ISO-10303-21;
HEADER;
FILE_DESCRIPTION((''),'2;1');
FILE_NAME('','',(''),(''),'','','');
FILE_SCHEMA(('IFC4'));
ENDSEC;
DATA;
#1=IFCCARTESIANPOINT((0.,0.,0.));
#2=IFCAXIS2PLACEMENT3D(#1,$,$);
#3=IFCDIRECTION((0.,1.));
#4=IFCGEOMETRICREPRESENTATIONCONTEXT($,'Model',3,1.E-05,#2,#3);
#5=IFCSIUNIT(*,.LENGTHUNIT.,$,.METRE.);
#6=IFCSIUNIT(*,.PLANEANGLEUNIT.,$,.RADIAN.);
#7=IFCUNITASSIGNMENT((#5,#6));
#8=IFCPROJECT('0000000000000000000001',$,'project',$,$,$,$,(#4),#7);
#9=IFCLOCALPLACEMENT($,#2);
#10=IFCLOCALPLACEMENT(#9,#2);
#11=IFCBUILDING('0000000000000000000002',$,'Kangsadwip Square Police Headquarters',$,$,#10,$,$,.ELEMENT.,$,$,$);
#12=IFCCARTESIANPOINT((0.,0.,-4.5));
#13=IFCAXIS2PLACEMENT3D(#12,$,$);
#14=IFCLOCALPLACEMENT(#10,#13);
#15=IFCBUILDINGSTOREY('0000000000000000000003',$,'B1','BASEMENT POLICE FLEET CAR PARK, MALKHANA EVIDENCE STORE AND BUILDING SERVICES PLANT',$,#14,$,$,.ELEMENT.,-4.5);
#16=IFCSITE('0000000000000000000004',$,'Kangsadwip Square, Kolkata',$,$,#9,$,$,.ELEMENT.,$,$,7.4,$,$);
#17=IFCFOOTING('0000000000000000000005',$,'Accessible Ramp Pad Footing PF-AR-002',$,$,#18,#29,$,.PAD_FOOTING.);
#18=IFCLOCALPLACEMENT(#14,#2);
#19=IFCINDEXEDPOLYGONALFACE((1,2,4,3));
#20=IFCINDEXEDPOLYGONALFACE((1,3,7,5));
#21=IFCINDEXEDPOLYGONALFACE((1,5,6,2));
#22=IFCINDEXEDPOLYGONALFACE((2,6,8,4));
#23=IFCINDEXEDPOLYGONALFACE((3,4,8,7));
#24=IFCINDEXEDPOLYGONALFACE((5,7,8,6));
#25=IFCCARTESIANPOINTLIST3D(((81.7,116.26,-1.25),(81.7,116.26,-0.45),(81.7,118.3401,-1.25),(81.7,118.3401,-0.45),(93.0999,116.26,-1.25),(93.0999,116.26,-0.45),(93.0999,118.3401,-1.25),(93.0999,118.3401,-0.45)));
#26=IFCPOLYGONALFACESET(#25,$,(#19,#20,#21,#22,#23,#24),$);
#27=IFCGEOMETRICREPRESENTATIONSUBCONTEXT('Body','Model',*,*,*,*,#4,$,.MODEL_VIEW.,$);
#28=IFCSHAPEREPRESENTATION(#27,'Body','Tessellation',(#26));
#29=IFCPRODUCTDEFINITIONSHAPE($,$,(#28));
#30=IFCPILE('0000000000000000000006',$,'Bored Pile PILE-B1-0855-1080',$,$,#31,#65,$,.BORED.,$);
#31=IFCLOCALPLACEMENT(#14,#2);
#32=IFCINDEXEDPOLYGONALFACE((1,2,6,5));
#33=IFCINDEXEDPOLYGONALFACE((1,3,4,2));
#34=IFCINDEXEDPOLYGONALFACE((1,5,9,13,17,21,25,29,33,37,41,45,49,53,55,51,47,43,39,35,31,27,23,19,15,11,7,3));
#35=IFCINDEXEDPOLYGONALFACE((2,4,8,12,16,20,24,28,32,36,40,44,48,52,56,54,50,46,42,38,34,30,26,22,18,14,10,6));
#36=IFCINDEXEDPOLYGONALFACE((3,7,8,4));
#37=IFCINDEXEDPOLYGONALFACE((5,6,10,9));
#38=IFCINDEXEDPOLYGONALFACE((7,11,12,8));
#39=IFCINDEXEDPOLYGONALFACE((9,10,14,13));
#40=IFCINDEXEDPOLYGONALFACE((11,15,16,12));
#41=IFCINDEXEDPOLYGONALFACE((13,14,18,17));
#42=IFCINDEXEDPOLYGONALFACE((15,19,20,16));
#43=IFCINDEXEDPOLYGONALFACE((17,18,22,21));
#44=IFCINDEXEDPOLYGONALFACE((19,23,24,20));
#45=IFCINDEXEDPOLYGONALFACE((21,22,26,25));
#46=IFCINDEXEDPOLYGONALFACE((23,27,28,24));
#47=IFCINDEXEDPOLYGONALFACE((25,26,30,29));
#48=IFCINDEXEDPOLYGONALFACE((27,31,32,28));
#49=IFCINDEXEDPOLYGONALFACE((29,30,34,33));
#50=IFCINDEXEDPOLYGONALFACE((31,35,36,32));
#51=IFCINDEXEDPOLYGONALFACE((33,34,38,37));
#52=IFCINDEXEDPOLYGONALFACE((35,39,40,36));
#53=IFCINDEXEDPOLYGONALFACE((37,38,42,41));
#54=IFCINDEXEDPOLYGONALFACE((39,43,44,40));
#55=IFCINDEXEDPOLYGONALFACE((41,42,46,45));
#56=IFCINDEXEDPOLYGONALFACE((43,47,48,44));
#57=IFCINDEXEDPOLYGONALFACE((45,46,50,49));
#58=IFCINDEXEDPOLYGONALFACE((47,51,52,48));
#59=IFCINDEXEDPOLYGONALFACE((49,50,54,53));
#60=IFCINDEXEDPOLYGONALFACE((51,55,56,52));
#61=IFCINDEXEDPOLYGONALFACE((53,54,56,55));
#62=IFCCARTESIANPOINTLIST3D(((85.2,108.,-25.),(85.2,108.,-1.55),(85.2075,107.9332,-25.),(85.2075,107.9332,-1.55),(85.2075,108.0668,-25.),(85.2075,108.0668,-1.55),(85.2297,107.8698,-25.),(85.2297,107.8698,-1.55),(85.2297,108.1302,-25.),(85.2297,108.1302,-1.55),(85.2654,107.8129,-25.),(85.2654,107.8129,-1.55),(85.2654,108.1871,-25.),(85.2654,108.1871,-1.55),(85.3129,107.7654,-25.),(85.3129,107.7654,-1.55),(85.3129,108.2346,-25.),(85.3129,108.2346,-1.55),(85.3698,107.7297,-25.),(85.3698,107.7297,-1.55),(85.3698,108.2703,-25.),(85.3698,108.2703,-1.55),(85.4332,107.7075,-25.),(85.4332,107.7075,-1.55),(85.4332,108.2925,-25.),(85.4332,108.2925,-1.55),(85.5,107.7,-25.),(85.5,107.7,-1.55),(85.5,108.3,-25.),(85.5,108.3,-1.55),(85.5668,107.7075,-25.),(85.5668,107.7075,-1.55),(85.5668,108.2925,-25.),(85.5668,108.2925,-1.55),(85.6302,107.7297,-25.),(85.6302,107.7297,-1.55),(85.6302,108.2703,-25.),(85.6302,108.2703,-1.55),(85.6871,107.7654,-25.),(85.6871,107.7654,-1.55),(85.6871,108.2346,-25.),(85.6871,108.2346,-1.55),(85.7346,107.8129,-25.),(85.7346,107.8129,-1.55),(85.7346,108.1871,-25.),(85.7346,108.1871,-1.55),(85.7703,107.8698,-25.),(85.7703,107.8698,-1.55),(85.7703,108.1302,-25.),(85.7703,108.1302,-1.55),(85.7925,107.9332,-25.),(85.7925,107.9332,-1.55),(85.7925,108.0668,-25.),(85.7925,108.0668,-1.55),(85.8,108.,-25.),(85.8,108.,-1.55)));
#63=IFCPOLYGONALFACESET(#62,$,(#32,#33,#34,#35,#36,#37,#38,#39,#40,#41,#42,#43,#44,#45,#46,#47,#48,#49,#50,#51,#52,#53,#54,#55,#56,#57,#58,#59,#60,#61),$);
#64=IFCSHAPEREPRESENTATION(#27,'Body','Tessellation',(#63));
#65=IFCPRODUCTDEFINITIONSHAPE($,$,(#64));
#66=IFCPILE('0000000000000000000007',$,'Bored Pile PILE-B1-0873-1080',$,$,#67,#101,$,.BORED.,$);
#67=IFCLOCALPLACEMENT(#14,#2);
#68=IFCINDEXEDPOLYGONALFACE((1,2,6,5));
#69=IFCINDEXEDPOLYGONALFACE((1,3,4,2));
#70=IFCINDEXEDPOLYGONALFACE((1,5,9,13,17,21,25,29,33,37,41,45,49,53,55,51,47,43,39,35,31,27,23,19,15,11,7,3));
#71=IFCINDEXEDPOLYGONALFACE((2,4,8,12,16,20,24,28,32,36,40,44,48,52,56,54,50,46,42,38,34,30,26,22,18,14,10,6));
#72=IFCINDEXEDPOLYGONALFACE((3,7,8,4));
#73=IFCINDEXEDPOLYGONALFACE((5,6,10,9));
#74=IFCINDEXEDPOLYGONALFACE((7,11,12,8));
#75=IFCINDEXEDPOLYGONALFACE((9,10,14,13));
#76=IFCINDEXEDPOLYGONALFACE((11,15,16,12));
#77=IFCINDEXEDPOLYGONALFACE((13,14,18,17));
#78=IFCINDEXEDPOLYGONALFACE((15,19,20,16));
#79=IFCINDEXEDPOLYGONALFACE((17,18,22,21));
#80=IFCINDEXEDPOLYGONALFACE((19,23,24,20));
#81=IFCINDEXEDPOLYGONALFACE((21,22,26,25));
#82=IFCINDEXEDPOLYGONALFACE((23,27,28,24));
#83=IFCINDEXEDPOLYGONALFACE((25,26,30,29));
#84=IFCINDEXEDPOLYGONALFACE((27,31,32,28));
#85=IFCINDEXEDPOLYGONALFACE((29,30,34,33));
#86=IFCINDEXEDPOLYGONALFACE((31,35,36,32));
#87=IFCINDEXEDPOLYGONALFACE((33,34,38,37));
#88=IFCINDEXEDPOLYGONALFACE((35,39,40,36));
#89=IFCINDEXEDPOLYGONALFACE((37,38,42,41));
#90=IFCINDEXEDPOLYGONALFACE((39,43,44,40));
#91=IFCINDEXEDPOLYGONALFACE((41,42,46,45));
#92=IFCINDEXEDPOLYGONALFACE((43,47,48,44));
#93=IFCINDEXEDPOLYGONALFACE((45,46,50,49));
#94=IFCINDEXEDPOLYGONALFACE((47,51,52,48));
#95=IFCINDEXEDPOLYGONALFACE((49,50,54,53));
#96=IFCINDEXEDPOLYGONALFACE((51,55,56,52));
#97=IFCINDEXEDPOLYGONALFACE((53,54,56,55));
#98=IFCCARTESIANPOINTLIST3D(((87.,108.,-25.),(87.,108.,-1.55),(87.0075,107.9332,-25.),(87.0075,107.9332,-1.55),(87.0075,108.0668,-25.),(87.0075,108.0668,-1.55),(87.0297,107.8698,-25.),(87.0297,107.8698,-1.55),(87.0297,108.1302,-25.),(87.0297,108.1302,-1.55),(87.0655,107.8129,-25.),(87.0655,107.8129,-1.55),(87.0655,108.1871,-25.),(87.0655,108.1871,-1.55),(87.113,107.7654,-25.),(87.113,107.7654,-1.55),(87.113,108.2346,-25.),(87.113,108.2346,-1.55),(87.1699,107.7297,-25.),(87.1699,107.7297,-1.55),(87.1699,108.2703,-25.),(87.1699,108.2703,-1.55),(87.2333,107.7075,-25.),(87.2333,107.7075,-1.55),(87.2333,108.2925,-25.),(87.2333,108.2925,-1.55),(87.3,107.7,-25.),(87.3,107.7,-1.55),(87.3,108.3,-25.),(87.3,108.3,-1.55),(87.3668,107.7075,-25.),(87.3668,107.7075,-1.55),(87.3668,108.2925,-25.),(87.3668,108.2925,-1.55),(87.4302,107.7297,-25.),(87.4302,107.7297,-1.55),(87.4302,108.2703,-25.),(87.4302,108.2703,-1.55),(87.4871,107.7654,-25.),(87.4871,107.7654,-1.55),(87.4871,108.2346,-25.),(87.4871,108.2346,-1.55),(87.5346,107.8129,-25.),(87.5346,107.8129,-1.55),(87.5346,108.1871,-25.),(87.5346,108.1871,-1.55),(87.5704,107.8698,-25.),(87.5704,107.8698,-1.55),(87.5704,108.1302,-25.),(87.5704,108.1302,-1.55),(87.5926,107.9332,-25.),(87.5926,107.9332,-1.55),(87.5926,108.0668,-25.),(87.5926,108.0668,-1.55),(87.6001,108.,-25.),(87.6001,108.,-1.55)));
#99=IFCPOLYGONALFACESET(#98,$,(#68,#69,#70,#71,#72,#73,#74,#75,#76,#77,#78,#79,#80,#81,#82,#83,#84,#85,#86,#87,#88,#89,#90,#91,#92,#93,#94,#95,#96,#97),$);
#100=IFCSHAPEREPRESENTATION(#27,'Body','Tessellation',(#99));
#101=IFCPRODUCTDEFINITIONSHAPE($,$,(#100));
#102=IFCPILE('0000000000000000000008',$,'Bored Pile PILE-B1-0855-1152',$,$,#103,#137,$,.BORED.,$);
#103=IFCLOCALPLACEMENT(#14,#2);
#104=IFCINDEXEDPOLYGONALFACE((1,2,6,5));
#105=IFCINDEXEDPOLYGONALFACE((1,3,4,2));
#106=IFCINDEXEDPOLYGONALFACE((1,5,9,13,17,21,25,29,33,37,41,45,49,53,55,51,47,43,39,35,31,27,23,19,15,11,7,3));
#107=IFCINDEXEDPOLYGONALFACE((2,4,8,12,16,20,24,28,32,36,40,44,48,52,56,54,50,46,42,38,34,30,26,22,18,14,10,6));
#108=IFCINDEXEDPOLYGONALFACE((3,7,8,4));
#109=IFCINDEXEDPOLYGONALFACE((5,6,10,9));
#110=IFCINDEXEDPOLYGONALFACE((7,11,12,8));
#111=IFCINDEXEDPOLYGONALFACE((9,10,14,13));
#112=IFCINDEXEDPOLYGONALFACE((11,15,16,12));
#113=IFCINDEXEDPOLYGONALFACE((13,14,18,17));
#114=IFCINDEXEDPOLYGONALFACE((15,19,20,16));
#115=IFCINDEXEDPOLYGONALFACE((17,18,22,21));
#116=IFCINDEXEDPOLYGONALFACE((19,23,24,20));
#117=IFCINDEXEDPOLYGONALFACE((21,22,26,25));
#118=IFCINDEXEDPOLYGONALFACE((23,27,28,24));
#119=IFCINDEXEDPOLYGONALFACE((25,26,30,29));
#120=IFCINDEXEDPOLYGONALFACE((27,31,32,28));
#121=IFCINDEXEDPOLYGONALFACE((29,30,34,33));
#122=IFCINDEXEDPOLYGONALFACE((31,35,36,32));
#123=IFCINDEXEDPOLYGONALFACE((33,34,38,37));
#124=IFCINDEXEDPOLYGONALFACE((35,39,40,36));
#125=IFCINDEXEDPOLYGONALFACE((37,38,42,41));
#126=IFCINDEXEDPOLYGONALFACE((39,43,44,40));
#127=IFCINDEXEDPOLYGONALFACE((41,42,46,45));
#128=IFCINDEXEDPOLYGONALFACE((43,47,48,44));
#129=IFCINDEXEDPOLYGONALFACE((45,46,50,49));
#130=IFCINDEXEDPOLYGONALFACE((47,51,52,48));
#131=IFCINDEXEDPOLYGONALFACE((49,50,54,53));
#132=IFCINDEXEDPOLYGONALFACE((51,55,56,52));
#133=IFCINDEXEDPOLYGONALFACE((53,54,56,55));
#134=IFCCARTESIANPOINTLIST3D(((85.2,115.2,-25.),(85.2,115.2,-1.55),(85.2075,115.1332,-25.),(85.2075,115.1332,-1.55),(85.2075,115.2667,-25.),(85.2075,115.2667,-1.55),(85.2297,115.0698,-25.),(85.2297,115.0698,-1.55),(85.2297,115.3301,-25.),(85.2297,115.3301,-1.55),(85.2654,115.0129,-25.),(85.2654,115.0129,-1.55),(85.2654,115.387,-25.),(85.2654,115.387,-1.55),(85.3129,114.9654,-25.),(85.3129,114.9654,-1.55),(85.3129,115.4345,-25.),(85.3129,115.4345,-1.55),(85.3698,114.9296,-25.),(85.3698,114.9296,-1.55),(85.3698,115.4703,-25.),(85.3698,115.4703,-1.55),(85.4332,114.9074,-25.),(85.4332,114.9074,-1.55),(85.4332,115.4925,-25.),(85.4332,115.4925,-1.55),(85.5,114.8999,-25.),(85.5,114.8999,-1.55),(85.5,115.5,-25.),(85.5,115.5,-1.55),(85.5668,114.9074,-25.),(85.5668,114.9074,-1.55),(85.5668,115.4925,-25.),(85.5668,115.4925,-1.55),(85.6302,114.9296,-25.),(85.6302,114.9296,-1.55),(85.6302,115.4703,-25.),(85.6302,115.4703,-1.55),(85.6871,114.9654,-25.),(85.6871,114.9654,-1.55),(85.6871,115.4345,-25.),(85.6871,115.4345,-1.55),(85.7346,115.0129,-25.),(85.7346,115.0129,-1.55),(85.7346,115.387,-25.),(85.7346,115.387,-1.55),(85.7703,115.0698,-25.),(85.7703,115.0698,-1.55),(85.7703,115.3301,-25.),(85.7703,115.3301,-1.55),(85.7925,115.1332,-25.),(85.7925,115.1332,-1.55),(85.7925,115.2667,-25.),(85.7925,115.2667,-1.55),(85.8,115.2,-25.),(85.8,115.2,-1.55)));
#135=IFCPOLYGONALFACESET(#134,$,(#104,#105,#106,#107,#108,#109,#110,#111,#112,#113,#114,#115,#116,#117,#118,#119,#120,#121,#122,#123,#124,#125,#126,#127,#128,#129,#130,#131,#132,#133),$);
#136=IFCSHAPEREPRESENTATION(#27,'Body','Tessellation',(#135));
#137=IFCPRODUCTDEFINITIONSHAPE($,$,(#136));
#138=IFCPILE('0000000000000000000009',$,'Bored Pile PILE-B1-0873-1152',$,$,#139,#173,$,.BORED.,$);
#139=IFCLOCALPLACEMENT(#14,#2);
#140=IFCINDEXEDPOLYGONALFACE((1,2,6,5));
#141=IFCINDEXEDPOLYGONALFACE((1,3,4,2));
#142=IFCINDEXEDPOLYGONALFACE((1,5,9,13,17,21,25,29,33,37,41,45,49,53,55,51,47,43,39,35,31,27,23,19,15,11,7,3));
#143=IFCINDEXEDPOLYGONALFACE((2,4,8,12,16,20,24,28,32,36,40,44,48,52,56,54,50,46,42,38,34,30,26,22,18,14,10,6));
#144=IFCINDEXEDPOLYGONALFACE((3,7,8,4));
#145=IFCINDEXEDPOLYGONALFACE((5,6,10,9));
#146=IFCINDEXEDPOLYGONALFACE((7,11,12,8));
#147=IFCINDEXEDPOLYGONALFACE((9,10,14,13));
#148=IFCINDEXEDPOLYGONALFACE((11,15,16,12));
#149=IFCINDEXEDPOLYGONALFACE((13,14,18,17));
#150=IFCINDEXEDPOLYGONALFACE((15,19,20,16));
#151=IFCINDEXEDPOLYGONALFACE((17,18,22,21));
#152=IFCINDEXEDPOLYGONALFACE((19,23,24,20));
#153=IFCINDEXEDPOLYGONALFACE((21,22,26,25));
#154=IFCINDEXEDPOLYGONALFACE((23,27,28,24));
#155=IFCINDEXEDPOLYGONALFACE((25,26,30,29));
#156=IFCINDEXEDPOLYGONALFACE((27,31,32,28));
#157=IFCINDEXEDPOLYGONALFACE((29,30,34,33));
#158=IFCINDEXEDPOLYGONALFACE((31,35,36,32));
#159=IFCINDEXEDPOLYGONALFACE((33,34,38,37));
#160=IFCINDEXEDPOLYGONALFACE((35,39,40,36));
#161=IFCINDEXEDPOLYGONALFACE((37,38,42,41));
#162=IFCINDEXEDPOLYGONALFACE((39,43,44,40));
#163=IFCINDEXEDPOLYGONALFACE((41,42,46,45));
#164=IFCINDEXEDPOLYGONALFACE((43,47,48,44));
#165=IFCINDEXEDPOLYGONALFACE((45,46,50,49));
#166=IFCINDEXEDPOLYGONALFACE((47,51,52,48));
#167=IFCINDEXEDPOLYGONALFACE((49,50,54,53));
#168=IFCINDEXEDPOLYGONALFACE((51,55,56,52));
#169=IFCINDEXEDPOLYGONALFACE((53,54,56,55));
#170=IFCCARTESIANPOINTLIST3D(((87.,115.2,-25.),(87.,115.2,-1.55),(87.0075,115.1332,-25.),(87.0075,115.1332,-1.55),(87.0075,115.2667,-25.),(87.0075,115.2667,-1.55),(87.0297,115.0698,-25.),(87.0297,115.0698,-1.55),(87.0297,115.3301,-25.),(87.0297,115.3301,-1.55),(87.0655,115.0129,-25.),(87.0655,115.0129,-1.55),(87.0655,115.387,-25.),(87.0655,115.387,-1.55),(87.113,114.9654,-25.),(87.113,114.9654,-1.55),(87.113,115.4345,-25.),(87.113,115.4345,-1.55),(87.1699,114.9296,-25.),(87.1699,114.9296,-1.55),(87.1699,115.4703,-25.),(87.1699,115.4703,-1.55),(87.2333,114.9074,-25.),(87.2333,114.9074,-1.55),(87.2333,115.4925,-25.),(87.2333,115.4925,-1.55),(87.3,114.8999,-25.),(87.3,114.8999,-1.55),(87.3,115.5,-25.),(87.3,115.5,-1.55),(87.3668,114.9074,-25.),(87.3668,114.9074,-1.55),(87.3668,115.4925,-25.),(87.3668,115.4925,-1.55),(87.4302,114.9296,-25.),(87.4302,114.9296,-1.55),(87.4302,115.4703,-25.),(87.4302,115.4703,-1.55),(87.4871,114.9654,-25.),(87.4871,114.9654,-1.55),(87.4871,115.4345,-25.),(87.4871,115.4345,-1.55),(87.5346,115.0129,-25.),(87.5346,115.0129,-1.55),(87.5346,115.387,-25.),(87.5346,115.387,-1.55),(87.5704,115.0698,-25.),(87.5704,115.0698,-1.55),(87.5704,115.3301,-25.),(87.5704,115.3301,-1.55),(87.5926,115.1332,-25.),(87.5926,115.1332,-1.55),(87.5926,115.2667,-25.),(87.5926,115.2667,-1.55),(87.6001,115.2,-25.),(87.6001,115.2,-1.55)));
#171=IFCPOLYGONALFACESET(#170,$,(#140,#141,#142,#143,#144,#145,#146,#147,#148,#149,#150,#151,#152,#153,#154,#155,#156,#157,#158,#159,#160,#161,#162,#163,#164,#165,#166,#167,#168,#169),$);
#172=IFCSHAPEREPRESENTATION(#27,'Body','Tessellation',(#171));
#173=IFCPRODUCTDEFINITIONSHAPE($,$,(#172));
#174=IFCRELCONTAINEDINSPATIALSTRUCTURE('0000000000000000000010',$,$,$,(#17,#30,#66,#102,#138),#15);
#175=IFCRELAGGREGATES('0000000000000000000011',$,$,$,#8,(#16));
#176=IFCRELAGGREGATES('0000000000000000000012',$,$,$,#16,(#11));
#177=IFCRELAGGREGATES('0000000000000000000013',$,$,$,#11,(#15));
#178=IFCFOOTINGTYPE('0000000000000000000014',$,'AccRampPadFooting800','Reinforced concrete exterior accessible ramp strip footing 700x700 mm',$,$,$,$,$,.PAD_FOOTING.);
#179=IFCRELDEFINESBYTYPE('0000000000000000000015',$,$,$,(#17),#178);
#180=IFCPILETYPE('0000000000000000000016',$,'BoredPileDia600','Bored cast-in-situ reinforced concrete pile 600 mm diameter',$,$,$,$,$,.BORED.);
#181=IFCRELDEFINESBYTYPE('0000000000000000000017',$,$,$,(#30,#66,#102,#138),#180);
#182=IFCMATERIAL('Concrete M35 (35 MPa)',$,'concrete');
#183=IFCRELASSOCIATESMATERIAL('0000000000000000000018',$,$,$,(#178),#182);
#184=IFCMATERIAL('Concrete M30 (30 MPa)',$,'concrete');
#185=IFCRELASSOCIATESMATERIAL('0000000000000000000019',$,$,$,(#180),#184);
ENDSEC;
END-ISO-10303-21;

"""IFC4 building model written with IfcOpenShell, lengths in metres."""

from ifc_helpers import new_model, si_unit, direction, frame, origin, origin_2d, place, context, subcontext, project, spatial, rectangle, circle, extrude, material, material_profile, profile_set, type_object, element, save


model = new_model("IFC4")

# Units and contexts
model_context = context("Model", 3, precision=1e-05, world=origin(), true_north=direction((0.0, 1.0)))
body_context = subcontext(model_context, "Body", "Model", "MODEL_VIEW")
ifc_project = project(units=[si_unit("LENGTHUNIT", "METRE"), si_unit("PLANEANGLEUNIT", "RADIAN")], contexts=[model_context])

# Site, building, storey
site_placement = place(None, origin())
site = spatial("IfcSite", under=ifc_project, at=site_placement, Name="Kangsadwip Square, Kolkata", CompositionType="ELEMENT", RefElevation=7.4)
building_placement = place(site_placement, origin())
building = spatial("IfcBuilding", under=site, at=building_placement, Name="Kangsadwip Square Police Headquarters", CompositionType="ELEMENT")
storey_placement = place(building_placement, frame((0.0, 0.0, -4.5)))
storey = spatial("IfcBuildingStorey", under=building, at=storey_placement, Name="B1", Description="BASEMENT POLICE FLEET CAR PARK, MALKHANA EVIDENCE STORE AND BUILDING SERVICES PLANT", CompositionType="ELEMENT", Elevation=-4.5)

# Footing
ifc_material_1 = material(Name="Concrete M35 (35 MPa)", Category="concrete")
footing_type_1 = type_object("IfcFootingType", Name="AccRampPadFooting800", Description="Reinforced concrete exterior accessible ramp strip footing 700x700 mm", PredefinedType="PAD_FOOTING", material=ifc_material_1)
footing_1_placement = place(storey_placement, frame((87.3999, 117.3, -1.25), z_axis=(0.0, 0.0, 1.0), x_axis=(1.0, 0.0, 0.0)))
element("IfcFooting", 1, at=footing_1_placement, inside=storey, type_object=footing_type_1, Name="Accessible Ramp Pad Footing PF-AR-002", PredefinedType="PAD_FOOTING", context=body_context, shape_type="SweptSolid", body=[
    extrude(rectangle(XDim=11.3999, YDim=2.0801, at=origin_2d()), origin(), (0.0, 0.0, 1.0), 0.8),
])

# Piles
ifc_material_2 = material(Name="Concrete M30 (30 MPa)", Category="concrete")
ifc_material_profile_1 = material_profile(ifc_material_2, circle(Radius=0.3, at=origin_2d()), Name="PILE DIA 600")
ifc_profile_set_1 = profile_set([ifc_material_profile_1], Name="Concrete M30 (30 MPa)")
pile_type_1 = type_object("IfcPileType", Name="BoredPileDia600", Description="Bored cast-in-situ reinforced concrete pile 600 mm diameter", PredefinedType="BORED", material=ifc_profile_set_1)
for number, where, z_axis, x_axis, name in (
    (2, (85.5, 108.0, -1.55), (0.0, 0.0, -1.0), (1.0, 0.0, 0.0), "Bored Pile PILE-B1-0855-1080"),
    (3, (87.3, 108.0, -1.55), (0.0, 0.0, -1.0), (1.0, 0.0, 0.0), "Bored Pile PILE-B1-0873-1080"),
    (4, (85.5, 115.2, -1.55), (0.0, 0.0, -1.0), (1.0, 0.0, 0.0), "Bored Pile PILE-B1-0855-1152"),
    (5, (87.3, 115.2, -1.55), (0.0, 0.0, -1.0), (1.0, 0.0, 0.0), "Bored Pile PILE-B1-0873-1152"),
):
    element("IfcPile", number, at=place(storey_placement, frame(where, z_axis=z_axis, x_axis=x_axis)), inside=storey, type_object=pile_type_1, Name=name, PredefinedType="BORED", context=body_context, shape_type="SweptSolid", body=[
        extrude(circle(Radius=0.3, at=origin_2d()), origin(), (0.0, 0.0, 1.0), 23.45),
    ])

save(model, "model.ifc")
